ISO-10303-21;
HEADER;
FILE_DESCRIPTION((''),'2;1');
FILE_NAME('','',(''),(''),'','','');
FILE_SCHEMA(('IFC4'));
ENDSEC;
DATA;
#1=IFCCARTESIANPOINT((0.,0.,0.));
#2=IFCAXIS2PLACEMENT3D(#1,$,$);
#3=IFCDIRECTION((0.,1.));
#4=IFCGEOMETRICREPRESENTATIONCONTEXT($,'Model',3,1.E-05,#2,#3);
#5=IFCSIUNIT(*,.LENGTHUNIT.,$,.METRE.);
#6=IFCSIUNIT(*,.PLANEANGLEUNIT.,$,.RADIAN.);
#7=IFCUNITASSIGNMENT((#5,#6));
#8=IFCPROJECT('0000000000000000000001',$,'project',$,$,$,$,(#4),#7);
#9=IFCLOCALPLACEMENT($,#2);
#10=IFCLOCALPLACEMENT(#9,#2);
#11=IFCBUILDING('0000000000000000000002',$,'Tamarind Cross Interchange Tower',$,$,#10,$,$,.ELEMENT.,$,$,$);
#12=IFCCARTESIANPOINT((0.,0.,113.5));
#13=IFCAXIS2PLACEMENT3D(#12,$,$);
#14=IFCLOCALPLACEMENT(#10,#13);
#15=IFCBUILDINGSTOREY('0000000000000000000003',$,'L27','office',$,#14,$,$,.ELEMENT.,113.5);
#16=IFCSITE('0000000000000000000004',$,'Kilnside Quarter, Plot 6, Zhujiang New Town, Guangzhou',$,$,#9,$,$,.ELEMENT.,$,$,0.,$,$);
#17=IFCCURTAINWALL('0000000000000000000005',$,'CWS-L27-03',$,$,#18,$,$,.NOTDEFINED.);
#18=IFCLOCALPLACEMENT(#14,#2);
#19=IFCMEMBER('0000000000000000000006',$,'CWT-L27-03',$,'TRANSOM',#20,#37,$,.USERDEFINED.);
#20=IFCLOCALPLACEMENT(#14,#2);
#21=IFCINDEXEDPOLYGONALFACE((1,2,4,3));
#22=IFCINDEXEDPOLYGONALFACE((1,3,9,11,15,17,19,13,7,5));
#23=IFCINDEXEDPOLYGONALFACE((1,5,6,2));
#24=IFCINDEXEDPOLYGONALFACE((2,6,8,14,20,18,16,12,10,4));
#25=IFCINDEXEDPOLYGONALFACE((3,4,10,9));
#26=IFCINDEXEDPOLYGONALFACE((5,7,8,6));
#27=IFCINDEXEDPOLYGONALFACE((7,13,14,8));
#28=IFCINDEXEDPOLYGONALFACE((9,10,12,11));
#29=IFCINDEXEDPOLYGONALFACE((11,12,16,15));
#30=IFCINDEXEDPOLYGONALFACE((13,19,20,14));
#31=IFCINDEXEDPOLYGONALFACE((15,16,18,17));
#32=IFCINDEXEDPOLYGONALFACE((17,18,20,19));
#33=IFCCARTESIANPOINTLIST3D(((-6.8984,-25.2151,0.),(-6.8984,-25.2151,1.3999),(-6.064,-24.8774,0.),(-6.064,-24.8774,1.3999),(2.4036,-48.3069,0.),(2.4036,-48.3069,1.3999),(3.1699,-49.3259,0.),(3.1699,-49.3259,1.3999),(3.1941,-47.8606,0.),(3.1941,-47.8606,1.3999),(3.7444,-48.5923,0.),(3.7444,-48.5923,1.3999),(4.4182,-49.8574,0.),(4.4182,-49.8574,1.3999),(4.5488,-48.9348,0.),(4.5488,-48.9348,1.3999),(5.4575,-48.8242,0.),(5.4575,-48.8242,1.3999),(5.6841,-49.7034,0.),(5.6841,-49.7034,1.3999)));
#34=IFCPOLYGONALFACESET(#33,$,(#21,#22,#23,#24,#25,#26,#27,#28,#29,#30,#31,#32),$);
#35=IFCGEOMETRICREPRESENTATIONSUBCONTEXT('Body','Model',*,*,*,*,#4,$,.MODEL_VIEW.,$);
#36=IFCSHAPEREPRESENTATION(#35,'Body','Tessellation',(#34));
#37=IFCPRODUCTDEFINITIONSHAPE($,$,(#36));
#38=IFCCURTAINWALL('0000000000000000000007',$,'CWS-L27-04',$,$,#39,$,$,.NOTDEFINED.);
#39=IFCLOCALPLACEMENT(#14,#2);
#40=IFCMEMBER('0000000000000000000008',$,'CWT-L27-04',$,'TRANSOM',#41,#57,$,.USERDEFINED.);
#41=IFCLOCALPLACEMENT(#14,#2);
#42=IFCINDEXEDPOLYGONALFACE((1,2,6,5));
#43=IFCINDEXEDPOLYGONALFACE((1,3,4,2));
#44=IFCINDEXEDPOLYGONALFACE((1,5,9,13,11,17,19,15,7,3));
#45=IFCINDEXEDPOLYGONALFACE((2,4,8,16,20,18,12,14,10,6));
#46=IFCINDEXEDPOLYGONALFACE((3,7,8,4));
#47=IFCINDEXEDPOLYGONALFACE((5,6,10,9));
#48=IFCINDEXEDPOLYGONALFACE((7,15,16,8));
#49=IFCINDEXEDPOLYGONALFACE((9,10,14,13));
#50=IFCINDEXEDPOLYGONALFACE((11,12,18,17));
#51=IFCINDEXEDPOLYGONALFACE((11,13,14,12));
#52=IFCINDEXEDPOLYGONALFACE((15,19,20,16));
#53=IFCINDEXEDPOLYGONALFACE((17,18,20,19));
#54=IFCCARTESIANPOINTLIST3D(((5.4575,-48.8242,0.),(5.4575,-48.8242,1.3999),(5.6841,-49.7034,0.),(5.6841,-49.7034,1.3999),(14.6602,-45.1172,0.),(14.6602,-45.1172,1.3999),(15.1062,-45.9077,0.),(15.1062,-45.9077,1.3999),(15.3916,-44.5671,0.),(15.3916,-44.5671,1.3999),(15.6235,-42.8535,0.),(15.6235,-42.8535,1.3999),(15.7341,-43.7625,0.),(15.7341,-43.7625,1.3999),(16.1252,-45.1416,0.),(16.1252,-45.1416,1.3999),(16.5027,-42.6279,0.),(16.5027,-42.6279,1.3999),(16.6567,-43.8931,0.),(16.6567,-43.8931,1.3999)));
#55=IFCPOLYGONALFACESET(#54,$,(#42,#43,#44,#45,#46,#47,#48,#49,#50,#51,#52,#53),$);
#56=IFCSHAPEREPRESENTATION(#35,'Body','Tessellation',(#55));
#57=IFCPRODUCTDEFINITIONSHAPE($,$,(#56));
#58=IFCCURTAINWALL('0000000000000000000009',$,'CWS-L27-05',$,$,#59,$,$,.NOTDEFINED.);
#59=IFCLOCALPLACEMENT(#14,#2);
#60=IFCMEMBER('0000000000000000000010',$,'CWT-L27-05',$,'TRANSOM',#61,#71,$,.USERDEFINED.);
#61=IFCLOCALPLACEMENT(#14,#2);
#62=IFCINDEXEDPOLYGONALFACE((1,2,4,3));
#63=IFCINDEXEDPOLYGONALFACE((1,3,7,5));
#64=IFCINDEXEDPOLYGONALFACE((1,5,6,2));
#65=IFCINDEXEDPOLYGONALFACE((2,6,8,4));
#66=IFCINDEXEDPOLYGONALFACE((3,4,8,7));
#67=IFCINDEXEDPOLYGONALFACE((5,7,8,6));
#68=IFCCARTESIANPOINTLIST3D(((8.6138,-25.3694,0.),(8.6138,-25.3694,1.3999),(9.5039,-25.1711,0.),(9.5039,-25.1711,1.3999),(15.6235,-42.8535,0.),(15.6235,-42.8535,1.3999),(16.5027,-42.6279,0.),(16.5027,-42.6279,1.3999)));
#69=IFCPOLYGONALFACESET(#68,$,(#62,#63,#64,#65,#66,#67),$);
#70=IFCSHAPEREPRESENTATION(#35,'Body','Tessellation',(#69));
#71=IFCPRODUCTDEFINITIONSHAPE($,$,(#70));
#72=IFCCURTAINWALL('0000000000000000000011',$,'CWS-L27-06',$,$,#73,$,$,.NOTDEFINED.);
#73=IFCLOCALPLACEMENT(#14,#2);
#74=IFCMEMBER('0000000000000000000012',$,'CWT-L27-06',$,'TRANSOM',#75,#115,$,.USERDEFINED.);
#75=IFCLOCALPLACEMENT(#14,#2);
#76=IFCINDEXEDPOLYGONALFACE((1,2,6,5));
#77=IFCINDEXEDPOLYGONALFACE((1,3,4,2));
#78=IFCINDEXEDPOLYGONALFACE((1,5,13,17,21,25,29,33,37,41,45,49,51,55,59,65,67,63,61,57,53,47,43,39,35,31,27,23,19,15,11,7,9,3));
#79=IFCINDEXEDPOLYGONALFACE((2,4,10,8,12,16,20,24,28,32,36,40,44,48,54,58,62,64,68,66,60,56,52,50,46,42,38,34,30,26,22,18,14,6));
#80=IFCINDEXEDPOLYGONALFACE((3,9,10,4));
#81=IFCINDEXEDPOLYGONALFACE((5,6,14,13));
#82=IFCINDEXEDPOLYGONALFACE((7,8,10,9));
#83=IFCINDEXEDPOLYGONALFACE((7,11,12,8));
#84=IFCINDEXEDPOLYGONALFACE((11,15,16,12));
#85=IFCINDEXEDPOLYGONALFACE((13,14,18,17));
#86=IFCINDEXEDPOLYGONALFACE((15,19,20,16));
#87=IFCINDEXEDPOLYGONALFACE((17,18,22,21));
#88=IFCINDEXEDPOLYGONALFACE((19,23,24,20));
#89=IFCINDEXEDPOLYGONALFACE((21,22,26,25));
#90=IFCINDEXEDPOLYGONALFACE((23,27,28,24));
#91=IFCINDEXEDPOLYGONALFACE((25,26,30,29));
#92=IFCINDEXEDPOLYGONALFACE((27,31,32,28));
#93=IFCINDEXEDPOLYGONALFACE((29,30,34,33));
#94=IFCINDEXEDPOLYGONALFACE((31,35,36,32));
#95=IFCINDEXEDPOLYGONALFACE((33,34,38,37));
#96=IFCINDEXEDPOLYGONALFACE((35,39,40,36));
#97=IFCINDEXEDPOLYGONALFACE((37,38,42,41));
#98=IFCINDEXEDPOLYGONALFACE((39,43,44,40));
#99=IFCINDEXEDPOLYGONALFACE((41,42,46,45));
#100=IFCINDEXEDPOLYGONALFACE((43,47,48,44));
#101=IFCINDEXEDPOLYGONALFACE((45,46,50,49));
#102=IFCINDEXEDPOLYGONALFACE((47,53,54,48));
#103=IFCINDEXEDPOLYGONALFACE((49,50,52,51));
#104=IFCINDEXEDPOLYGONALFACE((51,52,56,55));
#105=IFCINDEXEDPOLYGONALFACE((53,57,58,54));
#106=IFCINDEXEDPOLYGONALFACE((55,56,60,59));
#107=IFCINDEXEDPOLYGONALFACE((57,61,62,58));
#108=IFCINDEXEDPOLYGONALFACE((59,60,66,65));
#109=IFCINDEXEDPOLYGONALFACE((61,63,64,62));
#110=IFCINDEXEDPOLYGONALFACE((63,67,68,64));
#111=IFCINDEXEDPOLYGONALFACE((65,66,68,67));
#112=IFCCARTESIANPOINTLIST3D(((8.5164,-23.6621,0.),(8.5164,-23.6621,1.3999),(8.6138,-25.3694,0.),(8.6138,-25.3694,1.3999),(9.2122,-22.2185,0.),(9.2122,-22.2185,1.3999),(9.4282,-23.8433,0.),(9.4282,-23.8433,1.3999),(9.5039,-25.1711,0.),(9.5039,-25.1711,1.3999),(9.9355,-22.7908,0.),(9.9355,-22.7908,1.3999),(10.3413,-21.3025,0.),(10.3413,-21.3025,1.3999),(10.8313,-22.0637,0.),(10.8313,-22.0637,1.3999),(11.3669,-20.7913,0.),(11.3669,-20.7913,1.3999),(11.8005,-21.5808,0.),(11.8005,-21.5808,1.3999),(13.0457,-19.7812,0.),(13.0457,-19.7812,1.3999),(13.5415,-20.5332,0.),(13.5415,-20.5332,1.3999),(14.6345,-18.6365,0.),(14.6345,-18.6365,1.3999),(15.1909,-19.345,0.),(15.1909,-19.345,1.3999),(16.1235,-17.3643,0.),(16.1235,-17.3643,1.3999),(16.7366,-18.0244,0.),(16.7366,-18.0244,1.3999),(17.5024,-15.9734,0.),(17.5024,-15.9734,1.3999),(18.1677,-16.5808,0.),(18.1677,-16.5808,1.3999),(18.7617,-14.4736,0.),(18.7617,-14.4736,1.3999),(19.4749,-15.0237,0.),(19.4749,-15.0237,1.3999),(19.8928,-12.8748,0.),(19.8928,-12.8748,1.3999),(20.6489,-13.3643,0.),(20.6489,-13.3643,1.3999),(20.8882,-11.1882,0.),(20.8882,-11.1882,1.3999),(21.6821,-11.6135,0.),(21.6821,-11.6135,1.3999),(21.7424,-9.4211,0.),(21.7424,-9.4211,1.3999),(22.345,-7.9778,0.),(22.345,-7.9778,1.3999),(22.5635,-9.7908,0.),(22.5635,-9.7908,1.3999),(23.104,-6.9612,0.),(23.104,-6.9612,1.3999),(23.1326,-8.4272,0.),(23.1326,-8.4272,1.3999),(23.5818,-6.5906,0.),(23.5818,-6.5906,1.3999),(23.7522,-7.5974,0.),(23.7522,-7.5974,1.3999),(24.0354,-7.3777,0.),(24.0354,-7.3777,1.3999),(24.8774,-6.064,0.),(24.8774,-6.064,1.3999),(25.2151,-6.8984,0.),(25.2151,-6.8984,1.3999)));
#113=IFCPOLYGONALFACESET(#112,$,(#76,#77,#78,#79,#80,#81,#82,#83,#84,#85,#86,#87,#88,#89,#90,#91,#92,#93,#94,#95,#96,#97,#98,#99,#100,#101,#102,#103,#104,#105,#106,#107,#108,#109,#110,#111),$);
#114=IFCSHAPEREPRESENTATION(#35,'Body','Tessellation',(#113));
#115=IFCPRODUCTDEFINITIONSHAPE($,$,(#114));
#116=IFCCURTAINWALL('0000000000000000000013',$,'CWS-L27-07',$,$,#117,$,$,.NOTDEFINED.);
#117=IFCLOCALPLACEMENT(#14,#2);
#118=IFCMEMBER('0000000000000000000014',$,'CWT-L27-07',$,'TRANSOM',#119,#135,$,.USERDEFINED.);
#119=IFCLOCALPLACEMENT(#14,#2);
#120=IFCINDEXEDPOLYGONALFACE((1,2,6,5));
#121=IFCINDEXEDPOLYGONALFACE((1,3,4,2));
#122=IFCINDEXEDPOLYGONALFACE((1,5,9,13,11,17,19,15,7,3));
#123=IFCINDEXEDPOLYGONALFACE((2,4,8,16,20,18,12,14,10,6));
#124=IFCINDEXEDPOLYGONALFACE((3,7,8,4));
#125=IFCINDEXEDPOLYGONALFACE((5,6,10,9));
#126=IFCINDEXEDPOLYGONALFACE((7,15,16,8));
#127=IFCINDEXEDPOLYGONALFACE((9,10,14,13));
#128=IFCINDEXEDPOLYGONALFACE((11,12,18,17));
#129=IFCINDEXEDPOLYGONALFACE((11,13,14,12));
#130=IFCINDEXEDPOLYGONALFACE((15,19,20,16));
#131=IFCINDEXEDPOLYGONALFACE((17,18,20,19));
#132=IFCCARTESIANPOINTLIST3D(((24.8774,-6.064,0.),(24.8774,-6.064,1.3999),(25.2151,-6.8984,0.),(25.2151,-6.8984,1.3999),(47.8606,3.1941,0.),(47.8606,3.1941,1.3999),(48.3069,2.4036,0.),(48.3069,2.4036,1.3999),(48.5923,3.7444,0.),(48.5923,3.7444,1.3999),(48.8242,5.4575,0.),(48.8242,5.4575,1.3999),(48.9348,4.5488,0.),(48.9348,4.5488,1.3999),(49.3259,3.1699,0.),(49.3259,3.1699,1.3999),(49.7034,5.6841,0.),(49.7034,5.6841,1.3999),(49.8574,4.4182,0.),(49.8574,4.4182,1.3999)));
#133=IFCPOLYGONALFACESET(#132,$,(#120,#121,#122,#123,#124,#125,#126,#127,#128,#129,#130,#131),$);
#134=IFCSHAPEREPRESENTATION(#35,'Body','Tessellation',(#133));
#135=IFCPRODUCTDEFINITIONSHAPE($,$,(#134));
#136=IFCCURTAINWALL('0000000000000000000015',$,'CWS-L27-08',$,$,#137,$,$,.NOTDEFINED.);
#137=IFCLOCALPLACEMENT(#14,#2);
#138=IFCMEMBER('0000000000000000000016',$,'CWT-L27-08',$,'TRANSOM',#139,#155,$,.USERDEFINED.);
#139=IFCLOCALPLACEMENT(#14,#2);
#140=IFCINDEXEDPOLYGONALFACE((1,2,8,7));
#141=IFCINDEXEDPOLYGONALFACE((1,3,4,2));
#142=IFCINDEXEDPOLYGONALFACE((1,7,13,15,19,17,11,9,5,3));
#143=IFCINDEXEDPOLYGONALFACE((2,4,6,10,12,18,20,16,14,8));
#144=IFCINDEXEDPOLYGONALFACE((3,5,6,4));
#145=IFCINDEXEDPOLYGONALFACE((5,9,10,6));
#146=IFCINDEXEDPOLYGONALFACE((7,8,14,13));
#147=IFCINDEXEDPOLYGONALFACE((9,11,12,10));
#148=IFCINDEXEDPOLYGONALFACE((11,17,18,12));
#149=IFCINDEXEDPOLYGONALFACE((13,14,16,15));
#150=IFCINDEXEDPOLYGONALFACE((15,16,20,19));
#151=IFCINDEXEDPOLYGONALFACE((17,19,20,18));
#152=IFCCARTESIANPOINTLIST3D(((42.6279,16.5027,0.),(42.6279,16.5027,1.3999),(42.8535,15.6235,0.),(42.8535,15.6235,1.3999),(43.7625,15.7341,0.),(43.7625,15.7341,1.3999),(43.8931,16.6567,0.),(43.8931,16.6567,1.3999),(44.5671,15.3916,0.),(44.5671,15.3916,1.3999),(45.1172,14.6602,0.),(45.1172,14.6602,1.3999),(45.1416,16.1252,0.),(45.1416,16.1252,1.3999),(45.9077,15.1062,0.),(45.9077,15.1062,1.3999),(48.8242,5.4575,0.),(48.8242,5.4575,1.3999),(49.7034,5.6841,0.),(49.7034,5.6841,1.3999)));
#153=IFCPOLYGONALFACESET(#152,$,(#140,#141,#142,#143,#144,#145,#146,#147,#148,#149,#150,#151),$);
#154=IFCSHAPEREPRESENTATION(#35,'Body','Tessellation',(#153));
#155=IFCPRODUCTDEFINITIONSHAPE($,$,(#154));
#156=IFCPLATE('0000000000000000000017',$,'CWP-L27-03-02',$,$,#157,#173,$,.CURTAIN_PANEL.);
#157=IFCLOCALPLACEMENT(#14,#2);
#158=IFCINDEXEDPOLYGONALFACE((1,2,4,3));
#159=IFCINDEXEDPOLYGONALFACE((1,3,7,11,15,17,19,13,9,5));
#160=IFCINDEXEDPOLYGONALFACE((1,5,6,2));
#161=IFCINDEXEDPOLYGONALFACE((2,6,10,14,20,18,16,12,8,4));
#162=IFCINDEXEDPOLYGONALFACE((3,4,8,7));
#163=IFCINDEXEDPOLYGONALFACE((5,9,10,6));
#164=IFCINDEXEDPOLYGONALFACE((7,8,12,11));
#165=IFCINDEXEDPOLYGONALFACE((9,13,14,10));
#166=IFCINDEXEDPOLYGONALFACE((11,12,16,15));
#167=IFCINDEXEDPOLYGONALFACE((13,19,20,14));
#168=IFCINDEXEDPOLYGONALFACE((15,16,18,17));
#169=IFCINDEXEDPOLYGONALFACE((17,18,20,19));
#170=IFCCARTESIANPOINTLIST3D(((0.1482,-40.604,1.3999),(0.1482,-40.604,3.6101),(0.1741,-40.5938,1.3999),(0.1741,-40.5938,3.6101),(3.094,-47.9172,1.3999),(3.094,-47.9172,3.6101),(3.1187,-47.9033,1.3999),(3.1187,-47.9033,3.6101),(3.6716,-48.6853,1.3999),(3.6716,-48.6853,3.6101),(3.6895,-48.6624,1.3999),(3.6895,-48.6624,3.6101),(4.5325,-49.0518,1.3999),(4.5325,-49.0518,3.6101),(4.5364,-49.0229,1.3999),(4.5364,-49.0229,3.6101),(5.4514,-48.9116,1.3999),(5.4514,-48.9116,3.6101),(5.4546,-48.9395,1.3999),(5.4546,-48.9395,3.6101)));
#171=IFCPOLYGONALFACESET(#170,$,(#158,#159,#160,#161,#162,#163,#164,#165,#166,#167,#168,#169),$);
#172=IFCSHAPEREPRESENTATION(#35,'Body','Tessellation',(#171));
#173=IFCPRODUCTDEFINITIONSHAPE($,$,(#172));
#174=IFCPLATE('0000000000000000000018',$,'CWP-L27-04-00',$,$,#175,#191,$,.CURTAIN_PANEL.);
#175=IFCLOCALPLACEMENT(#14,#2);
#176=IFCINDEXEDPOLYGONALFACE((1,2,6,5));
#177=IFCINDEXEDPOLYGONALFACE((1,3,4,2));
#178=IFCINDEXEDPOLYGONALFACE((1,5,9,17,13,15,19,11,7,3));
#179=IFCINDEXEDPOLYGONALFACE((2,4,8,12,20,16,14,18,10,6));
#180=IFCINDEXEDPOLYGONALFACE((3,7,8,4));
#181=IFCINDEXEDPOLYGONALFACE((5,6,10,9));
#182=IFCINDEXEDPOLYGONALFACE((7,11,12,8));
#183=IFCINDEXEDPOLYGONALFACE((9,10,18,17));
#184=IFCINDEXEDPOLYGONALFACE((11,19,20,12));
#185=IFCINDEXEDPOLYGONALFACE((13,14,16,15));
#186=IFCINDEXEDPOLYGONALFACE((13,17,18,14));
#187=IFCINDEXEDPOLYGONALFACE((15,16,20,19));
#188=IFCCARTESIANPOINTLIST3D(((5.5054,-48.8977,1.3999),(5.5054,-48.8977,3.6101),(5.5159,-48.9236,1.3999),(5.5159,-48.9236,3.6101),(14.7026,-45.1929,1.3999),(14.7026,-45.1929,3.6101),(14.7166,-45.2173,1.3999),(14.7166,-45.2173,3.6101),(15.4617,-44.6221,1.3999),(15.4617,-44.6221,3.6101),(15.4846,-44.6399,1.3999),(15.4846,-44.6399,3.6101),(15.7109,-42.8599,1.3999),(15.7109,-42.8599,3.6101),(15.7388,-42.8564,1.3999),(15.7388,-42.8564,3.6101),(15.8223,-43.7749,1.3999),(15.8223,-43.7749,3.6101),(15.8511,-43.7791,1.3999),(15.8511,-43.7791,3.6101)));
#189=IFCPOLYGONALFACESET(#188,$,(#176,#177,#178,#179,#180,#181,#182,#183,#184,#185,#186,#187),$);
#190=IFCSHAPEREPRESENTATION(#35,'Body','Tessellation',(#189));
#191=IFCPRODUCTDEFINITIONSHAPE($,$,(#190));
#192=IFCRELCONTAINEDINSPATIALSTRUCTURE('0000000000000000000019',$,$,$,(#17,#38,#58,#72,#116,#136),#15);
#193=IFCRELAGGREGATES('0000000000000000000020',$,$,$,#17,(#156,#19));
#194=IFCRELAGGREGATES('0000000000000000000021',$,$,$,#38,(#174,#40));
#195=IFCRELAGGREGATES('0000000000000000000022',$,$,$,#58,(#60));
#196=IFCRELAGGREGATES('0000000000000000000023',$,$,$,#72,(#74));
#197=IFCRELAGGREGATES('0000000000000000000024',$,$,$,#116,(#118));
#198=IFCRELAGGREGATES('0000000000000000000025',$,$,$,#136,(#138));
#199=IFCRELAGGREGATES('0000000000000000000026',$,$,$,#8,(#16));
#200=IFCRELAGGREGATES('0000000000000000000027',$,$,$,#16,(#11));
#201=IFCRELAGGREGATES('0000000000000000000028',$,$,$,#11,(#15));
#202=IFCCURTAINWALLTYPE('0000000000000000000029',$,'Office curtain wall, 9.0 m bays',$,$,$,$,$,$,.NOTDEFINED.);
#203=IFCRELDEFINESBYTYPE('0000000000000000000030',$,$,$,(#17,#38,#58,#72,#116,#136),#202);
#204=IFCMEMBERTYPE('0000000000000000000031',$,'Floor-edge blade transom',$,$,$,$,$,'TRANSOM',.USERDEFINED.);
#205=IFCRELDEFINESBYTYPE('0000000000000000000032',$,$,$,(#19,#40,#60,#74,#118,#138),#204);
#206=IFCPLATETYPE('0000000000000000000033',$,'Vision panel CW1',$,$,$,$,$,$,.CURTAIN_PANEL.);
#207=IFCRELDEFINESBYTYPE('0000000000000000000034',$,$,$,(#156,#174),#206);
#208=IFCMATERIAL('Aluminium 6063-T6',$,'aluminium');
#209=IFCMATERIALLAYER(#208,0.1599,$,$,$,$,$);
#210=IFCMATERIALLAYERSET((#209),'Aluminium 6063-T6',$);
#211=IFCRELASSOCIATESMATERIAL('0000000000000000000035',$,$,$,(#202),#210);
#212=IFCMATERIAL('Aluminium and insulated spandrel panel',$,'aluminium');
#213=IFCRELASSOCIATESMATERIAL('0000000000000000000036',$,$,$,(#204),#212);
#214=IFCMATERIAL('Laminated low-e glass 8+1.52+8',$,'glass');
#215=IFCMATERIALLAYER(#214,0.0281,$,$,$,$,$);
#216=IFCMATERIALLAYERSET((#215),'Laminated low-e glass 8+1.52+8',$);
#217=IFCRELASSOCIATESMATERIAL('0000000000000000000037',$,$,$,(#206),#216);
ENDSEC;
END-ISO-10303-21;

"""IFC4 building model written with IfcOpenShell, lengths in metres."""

from ifc_helpers import new_model, si_unit, direction, frame, origin, place, context, subcontext, project, spatial, polyline, outline, extrude, material, layer, layer_set, type_object, element, aggregate, save


model = new_model("IFC4")

# Units and contexts
model_context = context("Model", 3, precision=1e-05, world=origin(), true_north=direction((0.0, 1.0)))
body_context = subcontext(model_context, "Body", "Model", "MODEL_VIEW")
ifc_project = project(units=[si_unit("LENGTHUNIT", "METRE"), si_unit("PLANEANGLEUNIT", "RADIAN")], contexts=[model_context])

# Site, building, storey
site_placement = place(None, origin())
site = spatial("IfcSite", under=ifc_project, at=site_placement, Name="Kilnside Quarter, Plot 6, Zhujiang New Town, Guangzhou", CompositionType="ELEMENT", RefElevation=0.0)
building_placement = place(site_placement, origin())
building = spatial("IfcBuilding", under=site, at=building_placement, Name="Tamarind Cross Interchange Tower", CompositionType="ELEMENT")
storey_placement = place(building_placement, frame((0.0, 0.0, 113.5)))
storey = spatial("IfcBuildingStorey", under=building, at=storey_placement, Name="L27", Description="office", CompositionType="ELEMENT", Elevation=113.5)

# Curtain walls, members
ifc_material_1 = material(Name="Aluminium 6063-T6", Category="aluminium")
ifc_layer_1 = layer(ifc_material_1, 0.1599)
ifc_layer_set_1 = layer_set([ifc_layer_1], Name="Aluminium 6063-T6")
curtain_wall_type = type_object("IfcCurtainWallType", Name="Office curtain wall, 9.0 m bays", PredefinedType="NOTDEFINED", material=ifc_layer_set_1)
curtain_wall_1_placement = place(storey_placement, origin())
curtain_wall_1 = element("IfcCurtainWall", 1, at=curtain_wall_1_placement, inside=storey, type_object=curtain_wall_type, Name="CWS-L27-03", PredefinedType="NOTDEFINED")
ifc_material_2 = material(Name="Aluminium and insulated spandrel panel", Category="aluminium")
member_type = type_object("IfcMemberType", Name="Floor-edge blade transom", ElementType="TRANSOM", PredefinedType="USERDEFINED", material=ifc_material_2)
member_1_placement = place(storey_placement, origin())
member_1 = element("IfcMember", 2, at=member_1_placement, type_object=member_type, Name="CWT-L27-03", ObjectType="TRANSOM", PredefinedType="USERDEFINED", context=body_context, shape_type="SweptSolid", body=[
    extrude(outline(polyline([(-6.064, -24.8774), (3.1941, -47.8606), (3.7444, -48.5923), (4.5488, -48.9348), (5.4575, -48.8242), (5.6841, -49.7034), (4.4182, -49.8574), (3.1699, -49.3259), (2.4036, -48.3069), (-6.8984, -25.2151), (-6.064, -24.8774)])), origin(), (0.0, 0.0, 1.0), 1.3999),
])
curtain_wall_2_placement = place(storey_placement, origin())
curtain_wall_2 = element("IfcCurtainWall", 3, at=curtain_wall_2_placement, inside=storey, type_object=curtain_wall_type, Name="CWS-L27-04", PredefinedType="NOTDEFINED")
member_2_placement = place(storey_placement, origin())
member_2 = element("IfcMember", 4, at=member_2_placement, type_object=member_type, Name="CWT-L27-04", ObjectType="TRANSOM", PredefinedType="USERDEFINED", context=body_context, shape_type="SweptSolid", body=[
    extrude(outline(polyline([(5.4575, -48.8242), (14.6602, -45.1172), (15.3916, -44.5671), (15.7341, -43.7625), (15.6235, -42.8535), (16.5027, -42.6279), (16.6567, -43.8931), (16.1252, -45.1416), (15.1062, -45.9077), (5.6841, -49.7034), (5.4575, -48.8242)])), origin(), (0.0, 0.0, 1.0), 1.3999),
])
curtain_wall_3_placement = place(storey_placement, origin())
curtain_wall_3 = element("IfcCurtainWall", 5, at=curtain_wall_3_placement, inside=storey, type_object=curtain_wall_type, Name="CWS-L27-05", PredefinedType="NOTDEFINED")
member_3_placement = place(storey_placement, origin())
member_3 = element("IfcMember", 6, at=member_3_placement, type_object=member_type, Name="CWT-L27-05", ObjectType="TRANSOM", PredefinedType="USERDEFINED", context=body_context, shape_type="SweptSolid", body=[
    extrude(outline(polyline([(15.6235, -42.8535), (8.6138, -25.3694), (9.5039, -25.1711), (16.5027, -42.6279), (15.6235, -42.8535)])), origin(), (0.0, 0.0, 1.0), 1.3999),
])
curtain_wall_4_placement = place(storey_placement, origin())
curtain_wall_4 = element("IfcCurtainWall", 7, at=curtain_wall_4_placement, inside=storey, type_object=curtain_wall_type, Name="CWS-L27-06", PredefinedType="NOTDEFINED")
member_4_placement = place(storey_placement, origin())
member_4 = element("IfcMember", 8, at=member_4_placement, type_object=member_type, Name="CWT-L27-06", ObjectType="TRANSOM", PredefinedType="USERDEFINED", context=body_context, shape_type="SweptSolid", body=[
    extrude(outline(polyline([(8.6138, -25.3694), (8.5164, -23.6621), (9.2122, -22.2185), (10.3413, -21.3025), (11.3669, -20.7913), (13.0457, -19.7812), (14.6345, -18.6365), (16.1235, -17.3643), (17.5024, -15.9734), (18.7617, -14.4736), (19.8928, -12.8748), (20.8882, -11.1882), (21.7424, -9.4211), (22.345, -7.9778), (23.104, -6.9612), (23.5818, -6.5906), (24.8774, -6.064), (25.2151, -6.8984), (24.0354, -7.3777), (23.7522, -7.5974), (23.1326, -8.4272), (22.5635, -9.7908), (21.6821, -11.6135), (20.6489, -13.3643), (19.4749, -15.0237), (18.1677, -16.5808), (16.7366, -18.0244), (15.1909, -19.345), (13.5415, -20.5332), (11.8005, -21.5808), (10.8313, -22.0637), (9.9355, -22.7908), (9.4282, -23.8433), (9.5039, -25.1711), (8.6138, -25.3694)])), origin(), (0.0, 0.0, 1.0), 1.3999),
])
curtain_wall_5_placement = place(storey_placement, origin())
curtain_wall_5 = element("IfcCurtainWall", 9, at=curtain_wall_5_placement, inside=storey, type_object=curtain_wall_type, Name="CWS-L27-07", PredefinedType="NOTDEFINED")
member_5_placement = place(storey_placement, origin())
member_5 = element("IfcMember", 10, at=member_5_placement, type_object=member_type, Name="CWT-L27-07", ObjectType="TRANSOM", PredefinedType="USERDEFINED", context=body_context, shape_type="SweptSolid", body=[
    extrude(outline(polyline([(24.8774, -6.064), (47.8606, 3.1941), (48.5923, 3.7444), (48.9348, 4.5488), (48.8242, 5.4575), (49.7034, 5.6841), (49.8574, 4.4182), (49.3259, 3.1699), (48.3069, 2.4036), (25.2151, -6.8984), (24.8774, -6.064)])), origin(), (0.0, 0.0, 1.0), 1.3999),
])
curtain_wall_6_placement = place(storey_placement, origin())
curtain_wall_6 = element("IfcCurtainWall", 11, at=curtain_wall_6_placement, inside=storey, type_object=curtain_wall_type, Name="CWS-L27-08", PredefinedType="NOTDEFINED")
member_6_placement = place(storey_placement, origin())
member_6 = element("IfcMember", 12, at=member_6_placement, type_object=member_type, Name="CWT-L27-08", ObjectType="TRANSOM", PredefinedType="USERDEFINED", context=body_context, shape_type="SweptSolid", body=[
    extrude(outline(polyline([(48.8242, 5.4575), (45.1172, 14.6602), (44.5671, 15.3916), (43.7625, 15.7341), (42.8535, 15.6235), (42.6279, 16.5027), (43.8931, 16.6567), (45.1416, 16.1252), (45.9077, 15.1062), (49.7034, 5.6841), (48.8242, 5.4575)])), origin(), (0.0, 0.0, 1.0), 1.3999),
])

# Plates
ifc_material_3 = material(Name="Laminated low-e glass 8+1.52+8", Category="glass")
ifc_layer_2 = layer(ifc_material_3, 0.0281)
ifc_layer_set_2 = layer_set([ifc_layer_2], Name="Laminated low-e glass 8+1.52+8")
plate_type = type_object("IfcPlateType", Name="Vision panel CW1", PredefinedType="CURTAIN_PANEL", material=ifc_layer_set_2)
plate_1_placement = place(storey_placement, frame((0.0, 0.0, 1.3999)))
plate_1 = element("IfcPlate", 13, at=plate_1_placement, type_object=plate_type, Name="CWP-L27-03-02", PredefinedType="CURTAIN_PANEL", context=body_context, shape_type="SweptSolid", body=[
    extrude(outline(polyline([(0.1741, -40.5938), (3.1187, -47.9033), (3.6895, -48.6624), (4.5364, -49.0229), (5.4514, -48.9116), (5.4546, -48.9395), (4.5325, -49.0518), (3.6716, -48.6853), (3.094, -47.9172), (0.1482, -40.604), (0.1741, -40.5938)])), origin(), (0.0, 0.0, 1.0), 2.2102),
])
aggregate(curtain_wall_1, [plate_1, member_1])
plate_2_placement = place(storey_placement, frame((0.0, 0.0, 1.3999)))
plate_2 = element("IfcPlate", 14, at=plate_2_placement, type_object=plate_type, Name="CWP-L27-04-00", PredefinedType="CURTAIN_PANEL", context=body_context, shape_type="SweptSolid", body=[
    extrude(outline(polyline([(5.5054, -48.8977), (14.7026, -45.1929), (15.4617, -44.6221), (15.8223, -43.7749), (15.7109, -42.8599), (15.7388, -42.8564), (15.8511, -43.7791), (15.4846, -44.6399), (14.7166, -45.2173), (5.5159, -48.9236), (5.5054, -48.8977)])), origin(), (0.0, 0.0, 1.0), 2.2102),
])
aggregate(curtain_wall_2, [plate_2, member_2])
aggregate(curtain_wall_3, [member_3])
aggregate(curtain_wall_4, [member_4])
aggregate(curtain_wall_5, [member_5])
aggregate(curtain_wall_6, [member_6])

save(model, "model.ifc")
